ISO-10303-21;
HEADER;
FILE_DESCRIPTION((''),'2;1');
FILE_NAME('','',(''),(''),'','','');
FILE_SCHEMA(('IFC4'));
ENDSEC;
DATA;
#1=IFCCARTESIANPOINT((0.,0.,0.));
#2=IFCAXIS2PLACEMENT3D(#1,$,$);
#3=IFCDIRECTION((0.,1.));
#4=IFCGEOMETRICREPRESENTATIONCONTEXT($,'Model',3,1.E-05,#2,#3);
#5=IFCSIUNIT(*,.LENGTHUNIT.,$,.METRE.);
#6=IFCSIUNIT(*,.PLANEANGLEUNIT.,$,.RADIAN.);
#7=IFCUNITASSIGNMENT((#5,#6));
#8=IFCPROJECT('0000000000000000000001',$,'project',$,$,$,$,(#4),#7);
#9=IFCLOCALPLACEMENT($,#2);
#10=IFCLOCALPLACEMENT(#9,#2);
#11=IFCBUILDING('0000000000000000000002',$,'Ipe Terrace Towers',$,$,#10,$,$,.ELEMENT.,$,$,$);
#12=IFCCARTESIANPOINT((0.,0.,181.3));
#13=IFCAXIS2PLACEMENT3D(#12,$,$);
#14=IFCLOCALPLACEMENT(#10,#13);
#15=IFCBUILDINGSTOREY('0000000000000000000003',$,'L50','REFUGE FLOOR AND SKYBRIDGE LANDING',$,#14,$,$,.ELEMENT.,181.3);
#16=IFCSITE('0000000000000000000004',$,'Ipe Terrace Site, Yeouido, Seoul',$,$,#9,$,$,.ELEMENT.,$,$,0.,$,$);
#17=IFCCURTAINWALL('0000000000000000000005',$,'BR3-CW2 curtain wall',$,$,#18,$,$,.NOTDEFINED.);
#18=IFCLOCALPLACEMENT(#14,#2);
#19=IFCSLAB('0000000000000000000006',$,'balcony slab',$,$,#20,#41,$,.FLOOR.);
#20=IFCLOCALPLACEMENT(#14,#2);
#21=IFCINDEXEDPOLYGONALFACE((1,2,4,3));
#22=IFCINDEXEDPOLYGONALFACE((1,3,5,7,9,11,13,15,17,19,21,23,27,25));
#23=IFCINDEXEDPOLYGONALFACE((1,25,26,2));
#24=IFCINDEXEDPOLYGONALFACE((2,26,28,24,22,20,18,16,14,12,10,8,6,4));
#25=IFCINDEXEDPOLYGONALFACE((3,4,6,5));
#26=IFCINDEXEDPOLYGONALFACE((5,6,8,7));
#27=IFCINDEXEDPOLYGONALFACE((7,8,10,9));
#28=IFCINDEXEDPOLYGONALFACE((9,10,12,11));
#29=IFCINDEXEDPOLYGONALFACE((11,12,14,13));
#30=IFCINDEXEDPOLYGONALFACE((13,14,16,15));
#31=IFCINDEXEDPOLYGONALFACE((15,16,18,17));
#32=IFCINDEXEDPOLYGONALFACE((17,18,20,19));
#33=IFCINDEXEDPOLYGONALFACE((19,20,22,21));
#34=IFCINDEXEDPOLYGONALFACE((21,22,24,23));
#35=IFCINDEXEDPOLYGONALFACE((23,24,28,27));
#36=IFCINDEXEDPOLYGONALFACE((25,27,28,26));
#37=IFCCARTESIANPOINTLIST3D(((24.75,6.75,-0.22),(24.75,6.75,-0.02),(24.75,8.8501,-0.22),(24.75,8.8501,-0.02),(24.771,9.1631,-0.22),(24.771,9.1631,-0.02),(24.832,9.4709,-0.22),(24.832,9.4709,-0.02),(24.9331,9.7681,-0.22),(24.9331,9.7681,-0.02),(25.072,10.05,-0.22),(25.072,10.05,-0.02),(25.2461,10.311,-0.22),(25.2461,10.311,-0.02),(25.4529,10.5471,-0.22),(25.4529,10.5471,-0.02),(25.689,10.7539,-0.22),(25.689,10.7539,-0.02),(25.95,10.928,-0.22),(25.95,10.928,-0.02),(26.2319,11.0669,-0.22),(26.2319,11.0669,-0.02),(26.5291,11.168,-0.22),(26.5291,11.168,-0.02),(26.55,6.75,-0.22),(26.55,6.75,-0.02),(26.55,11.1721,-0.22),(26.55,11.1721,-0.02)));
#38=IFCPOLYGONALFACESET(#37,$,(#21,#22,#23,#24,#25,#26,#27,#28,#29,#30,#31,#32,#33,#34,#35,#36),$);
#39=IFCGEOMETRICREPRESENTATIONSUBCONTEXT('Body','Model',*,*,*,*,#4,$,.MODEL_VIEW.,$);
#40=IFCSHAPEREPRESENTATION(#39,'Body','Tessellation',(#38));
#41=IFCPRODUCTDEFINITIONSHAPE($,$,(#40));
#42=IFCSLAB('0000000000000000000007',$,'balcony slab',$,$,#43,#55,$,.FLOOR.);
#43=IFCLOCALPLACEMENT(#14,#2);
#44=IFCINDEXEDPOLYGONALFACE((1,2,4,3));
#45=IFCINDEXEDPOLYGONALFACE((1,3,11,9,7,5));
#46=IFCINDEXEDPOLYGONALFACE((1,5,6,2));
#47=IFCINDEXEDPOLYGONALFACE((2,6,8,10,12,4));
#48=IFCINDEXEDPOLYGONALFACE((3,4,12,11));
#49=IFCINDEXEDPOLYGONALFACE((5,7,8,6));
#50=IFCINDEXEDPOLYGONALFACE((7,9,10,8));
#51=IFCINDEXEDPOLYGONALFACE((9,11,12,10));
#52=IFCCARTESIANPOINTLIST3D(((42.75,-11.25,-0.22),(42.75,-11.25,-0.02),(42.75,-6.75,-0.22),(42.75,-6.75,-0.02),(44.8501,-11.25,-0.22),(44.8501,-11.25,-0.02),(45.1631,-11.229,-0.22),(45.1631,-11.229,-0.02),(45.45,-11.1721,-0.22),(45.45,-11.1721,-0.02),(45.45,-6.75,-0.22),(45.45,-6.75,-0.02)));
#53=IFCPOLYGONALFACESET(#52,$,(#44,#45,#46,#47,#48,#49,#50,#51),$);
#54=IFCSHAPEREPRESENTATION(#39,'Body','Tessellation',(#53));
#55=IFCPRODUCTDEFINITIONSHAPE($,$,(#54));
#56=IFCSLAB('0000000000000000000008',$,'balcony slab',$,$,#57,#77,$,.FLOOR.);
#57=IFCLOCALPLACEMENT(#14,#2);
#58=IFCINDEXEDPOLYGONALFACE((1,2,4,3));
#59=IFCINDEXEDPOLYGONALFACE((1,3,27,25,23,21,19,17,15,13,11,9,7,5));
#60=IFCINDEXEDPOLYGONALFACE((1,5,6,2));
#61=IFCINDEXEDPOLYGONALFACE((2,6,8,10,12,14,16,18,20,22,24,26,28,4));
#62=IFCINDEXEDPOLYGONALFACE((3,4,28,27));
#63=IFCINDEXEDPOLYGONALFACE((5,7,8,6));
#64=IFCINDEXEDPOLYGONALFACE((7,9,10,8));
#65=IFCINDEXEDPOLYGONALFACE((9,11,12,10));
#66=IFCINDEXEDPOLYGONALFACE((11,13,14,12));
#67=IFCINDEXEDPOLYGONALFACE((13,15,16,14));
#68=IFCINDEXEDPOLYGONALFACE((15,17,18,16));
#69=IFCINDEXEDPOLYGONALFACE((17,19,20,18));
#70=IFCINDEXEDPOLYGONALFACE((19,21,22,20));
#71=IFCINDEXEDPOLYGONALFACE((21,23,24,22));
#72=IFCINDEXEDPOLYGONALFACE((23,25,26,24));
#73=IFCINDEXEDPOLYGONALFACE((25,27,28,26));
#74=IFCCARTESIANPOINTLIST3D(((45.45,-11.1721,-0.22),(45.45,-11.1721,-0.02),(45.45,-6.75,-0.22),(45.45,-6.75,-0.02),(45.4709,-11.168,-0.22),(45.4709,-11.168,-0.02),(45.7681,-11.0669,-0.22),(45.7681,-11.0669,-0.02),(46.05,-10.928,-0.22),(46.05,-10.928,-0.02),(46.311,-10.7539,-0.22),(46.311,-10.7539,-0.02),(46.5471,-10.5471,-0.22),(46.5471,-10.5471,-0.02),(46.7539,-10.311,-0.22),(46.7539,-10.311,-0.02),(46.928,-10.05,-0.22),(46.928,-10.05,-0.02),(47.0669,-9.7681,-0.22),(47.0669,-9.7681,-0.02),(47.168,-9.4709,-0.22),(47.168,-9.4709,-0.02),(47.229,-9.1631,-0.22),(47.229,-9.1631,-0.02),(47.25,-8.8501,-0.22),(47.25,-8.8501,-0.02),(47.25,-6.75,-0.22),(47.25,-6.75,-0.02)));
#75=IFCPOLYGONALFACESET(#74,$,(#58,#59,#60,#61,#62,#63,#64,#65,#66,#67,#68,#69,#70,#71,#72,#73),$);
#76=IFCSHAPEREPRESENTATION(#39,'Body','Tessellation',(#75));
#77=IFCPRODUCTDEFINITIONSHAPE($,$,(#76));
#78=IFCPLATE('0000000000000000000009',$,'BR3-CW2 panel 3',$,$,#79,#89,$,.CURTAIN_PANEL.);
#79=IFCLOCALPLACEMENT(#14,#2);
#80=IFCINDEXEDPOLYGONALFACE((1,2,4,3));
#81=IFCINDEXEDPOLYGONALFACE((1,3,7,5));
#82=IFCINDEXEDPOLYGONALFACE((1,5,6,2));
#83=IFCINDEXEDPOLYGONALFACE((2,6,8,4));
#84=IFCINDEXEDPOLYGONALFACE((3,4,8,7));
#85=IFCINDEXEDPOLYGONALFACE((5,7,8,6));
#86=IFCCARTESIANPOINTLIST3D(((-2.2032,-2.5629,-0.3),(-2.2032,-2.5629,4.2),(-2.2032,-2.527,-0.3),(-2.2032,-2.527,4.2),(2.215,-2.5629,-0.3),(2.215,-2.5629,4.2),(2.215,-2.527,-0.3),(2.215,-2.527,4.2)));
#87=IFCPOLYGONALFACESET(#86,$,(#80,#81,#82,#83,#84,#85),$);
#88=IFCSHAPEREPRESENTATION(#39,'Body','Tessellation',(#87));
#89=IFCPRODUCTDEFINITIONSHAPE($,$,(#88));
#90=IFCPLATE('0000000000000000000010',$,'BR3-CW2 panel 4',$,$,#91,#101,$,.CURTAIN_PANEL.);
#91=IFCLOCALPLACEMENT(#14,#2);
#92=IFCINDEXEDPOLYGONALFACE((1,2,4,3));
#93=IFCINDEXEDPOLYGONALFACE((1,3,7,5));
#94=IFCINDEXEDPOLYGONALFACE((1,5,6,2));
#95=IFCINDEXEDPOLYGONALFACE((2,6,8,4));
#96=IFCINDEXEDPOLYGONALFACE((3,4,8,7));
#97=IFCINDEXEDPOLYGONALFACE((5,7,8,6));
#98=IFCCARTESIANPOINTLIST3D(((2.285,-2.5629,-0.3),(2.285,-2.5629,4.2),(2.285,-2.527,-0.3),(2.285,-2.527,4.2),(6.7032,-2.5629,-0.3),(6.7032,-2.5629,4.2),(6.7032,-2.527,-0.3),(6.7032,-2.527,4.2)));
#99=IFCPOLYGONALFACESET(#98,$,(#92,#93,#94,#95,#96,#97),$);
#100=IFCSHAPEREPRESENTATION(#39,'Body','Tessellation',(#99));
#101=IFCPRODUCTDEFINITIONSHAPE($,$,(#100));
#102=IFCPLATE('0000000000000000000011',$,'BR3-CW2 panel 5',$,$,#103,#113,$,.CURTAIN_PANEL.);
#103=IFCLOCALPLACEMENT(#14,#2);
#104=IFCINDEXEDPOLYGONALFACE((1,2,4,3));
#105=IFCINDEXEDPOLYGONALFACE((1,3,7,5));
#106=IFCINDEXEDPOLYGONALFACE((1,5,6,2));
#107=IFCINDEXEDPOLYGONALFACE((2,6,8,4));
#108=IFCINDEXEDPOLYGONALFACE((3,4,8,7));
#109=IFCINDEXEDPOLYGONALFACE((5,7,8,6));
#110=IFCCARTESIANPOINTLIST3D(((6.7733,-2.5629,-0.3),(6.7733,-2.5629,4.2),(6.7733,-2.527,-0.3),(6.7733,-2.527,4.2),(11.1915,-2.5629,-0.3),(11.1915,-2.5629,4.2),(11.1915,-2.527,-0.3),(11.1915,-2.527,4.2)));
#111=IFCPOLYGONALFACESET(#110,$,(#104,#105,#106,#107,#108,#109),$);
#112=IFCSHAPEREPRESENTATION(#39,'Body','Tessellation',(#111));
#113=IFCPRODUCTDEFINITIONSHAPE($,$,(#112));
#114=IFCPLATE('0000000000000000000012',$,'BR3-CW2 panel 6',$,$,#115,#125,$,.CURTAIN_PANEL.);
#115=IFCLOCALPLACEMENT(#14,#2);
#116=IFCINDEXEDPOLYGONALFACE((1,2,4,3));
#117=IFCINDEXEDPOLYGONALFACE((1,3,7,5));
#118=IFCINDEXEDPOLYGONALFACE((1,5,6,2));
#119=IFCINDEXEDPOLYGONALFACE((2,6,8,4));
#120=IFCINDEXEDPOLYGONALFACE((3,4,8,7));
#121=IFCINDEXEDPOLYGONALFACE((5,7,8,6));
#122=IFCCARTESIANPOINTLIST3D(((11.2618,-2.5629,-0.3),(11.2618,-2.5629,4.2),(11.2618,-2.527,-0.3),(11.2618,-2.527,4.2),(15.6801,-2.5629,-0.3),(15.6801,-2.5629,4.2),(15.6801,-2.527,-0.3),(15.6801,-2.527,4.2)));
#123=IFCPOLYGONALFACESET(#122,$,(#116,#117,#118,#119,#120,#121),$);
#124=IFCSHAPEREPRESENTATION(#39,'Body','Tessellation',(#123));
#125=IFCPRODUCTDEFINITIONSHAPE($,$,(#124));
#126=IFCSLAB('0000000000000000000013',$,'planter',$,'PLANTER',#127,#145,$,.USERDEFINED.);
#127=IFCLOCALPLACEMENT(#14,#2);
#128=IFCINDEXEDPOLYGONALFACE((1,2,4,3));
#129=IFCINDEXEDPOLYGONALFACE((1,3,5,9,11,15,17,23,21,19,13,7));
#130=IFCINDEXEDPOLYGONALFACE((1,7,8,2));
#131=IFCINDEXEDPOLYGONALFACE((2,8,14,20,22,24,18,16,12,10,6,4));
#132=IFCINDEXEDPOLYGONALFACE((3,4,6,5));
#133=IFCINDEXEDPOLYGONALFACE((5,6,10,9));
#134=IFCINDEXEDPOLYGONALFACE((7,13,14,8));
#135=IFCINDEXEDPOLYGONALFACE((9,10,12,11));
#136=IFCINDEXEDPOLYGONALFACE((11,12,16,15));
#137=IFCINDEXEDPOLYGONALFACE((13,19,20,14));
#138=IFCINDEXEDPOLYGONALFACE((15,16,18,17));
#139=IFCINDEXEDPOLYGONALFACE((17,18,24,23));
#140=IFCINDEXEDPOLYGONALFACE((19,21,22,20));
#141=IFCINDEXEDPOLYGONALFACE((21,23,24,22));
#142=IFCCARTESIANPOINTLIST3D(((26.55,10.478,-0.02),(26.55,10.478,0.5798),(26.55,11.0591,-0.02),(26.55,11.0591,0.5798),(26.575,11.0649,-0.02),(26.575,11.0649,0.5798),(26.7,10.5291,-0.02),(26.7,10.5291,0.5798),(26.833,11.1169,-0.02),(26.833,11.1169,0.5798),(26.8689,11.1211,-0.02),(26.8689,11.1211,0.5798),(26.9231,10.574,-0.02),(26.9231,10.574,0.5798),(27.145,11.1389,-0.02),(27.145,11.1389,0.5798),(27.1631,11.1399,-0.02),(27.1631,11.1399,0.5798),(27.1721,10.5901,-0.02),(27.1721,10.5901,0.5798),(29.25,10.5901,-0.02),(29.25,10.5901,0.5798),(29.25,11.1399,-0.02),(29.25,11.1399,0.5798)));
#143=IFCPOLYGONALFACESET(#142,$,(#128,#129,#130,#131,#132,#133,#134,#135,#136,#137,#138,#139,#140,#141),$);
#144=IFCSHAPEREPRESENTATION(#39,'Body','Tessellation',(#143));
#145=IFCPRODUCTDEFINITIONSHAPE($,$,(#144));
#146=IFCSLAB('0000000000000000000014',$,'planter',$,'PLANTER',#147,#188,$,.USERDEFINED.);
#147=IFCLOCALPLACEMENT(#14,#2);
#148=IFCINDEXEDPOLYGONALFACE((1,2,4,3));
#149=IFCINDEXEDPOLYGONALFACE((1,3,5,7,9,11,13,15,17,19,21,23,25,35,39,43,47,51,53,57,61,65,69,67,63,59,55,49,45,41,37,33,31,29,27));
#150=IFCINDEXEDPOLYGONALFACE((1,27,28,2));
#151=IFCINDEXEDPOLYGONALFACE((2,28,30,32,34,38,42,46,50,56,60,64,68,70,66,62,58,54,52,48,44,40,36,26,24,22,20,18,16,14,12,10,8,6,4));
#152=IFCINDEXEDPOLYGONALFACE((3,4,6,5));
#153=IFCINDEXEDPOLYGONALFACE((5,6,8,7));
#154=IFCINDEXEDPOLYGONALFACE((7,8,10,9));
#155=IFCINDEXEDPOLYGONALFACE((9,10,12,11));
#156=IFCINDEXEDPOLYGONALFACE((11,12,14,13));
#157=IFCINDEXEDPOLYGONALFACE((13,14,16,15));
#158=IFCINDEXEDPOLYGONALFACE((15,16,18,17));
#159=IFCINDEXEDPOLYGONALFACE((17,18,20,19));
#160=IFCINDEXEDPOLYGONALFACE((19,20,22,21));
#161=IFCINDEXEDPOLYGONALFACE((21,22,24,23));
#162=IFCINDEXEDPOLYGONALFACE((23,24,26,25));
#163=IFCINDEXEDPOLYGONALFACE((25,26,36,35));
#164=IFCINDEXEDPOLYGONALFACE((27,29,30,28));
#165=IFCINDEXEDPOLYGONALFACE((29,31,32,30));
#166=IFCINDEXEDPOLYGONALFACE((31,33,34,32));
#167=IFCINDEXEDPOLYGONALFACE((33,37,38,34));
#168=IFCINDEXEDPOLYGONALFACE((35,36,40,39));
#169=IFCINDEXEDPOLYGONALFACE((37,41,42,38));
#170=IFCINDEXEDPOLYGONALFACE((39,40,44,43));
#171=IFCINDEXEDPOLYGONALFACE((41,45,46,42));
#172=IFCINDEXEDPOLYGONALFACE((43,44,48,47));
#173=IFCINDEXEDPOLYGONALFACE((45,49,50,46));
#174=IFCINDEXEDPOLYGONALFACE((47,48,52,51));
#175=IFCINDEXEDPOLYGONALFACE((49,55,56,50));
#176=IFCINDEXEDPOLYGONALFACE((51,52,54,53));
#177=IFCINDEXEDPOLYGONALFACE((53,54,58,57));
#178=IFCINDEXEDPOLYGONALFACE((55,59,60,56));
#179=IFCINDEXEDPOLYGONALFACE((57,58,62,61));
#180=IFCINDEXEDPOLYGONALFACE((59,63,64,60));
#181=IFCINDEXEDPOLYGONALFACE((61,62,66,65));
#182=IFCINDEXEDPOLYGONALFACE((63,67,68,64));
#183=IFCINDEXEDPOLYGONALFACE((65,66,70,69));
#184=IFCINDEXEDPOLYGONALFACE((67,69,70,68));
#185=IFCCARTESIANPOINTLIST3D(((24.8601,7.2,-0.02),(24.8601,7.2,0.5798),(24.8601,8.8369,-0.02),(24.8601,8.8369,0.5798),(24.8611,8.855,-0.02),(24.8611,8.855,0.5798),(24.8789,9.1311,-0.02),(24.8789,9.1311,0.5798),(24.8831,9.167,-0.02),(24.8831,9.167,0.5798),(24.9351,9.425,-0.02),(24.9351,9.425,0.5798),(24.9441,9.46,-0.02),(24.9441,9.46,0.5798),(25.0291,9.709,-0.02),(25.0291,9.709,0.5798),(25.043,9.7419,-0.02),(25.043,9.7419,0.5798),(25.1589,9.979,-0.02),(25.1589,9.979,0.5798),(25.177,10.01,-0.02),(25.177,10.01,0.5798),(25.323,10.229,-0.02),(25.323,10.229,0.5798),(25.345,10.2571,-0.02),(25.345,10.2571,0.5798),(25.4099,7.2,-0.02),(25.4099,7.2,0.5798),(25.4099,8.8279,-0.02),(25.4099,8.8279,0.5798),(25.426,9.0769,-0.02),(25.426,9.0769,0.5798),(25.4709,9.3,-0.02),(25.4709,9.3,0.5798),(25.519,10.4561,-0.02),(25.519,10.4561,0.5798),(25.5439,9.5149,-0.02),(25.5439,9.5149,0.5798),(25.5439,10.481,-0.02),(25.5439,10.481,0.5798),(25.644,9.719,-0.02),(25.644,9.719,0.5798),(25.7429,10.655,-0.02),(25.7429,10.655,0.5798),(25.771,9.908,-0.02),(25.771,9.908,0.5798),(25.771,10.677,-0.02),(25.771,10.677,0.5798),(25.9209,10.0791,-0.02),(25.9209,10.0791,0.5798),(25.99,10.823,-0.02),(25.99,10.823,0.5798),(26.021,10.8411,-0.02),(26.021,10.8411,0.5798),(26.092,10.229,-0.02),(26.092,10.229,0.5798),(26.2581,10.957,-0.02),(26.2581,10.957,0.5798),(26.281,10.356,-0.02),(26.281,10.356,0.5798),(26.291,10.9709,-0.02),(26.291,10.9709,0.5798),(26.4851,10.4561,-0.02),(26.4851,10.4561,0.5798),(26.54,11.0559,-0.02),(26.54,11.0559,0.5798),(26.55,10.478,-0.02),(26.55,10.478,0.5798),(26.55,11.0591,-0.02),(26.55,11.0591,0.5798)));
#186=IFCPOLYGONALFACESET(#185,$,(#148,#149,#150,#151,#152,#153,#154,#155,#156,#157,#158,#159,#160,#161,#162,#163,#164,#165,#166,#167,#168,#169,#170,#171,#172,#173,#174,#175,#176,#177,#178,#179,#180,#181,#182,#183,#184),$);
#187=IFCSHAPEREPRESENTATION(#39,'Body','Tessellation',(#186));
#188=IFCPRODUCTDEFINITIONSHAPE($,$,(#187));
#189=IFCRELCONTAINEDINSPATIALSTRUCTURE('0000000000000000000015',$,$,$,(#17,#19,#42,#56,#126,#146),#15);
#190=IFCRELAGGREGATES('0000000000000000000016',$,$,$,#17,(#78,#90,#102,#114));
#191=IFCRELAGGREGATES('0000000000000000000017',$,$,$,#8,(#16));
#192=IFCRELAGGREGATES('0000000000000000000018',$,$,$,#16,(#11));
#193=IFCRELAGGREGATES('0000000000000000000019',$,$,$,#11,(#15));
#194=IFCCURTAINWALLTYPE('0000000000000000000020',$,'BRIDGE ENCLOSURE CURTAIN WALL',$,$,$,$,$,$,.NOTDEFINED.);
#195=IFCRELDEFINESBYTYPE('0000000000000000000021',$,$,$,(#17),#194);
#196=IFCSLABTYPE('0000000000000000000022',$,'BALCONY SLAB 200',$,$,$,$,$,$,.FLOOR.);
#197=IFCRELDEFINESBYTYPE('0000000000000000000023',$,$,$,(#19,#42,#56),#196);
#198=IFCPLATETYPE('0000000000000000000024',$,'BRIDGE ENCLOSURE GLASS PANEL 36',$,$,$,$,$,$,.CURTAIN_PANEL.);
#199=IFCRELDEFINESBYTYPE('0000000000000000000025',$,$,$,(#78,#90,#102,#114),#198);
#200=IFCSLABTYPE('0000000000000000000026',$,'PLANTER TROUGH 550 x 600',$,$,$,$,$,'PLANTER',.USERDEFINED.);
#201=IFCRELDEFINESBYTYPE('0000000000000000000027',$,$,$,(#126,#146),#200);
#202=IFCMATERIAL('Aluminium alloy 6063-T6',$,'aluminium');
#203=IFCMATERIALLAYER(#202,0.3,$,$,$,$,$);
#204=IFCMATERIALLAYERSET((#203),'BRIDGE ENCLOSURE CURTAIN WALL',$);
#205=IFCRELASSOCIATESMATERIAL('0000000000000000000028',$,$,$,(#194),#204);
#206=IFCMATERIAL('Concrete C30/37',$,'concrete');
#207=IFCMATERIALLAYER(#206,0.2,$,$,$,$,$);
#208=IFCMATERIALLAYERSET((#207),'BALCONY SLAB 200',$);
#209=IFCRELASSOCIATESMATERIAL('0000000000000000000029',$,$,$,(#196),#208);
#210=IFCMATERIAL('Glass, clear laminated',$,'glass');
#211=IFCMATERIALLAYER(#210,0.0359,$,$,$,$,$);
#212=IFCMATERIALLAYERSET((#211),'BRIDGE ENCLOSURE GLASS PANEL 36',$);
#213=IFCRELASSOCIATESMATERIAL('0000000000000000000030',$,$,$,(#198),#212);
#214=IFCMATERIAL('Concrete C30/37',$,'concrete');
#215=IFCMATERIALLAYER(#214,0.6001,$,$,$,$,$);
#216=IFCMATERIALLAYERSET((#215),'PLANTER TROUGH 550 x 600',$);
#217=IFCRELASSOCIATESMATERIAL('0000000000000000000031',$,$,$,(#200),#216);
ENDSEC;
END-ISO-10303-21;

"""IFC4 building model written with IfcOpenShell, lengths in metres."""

from ifc_helpers import new_model, si_unit, direction, frame, origin, origin_2d, place, context, subcontext, project, spatial, polyline, rectangle, outline, extrude, material, layer, layer_set, type_object, element, aggregate, save


model = new_model("IFC4")

# Units and contexts
model_context = context("Model", 3, precision=1e-05, world=origin(), true_north=direction((0.0, 1.0)))
body_context = subcontext(model_context, "Body", "Model", "MODEL_VIEW")
ifc_project = project(units=[si_unit("LENGTHUNIT", "METRE"), si_unit("PLANEANGLEUNIT", "RADIAN")], contexts=[model_context])

# Site, building, storey
site_placement = place(None, origin())
site = spatial("IfcSite", under=ifc_project, at=site_placement, Name="Ipe Terrace Site, Yeouido, Seoul", CompositionType="ELEMENT", RefElevation=0.0)
building_placement = place(site_placement, origin())
building = spatial("IfcBuilding", under=site, at=building_placement, Name="Ipe Terrace Towers", CompositionType="ELEMENT")
storey_placement = place(building_placement, frame((0.0, 0.0, 181.3)))
storey = spatial("IfcBuildingStorey", under=building, at=storey_placement, Name="L50", Description="REFUGE FLOOR AND SKYBRIDGE LANDING", CompositionType="ELEMENT", Elevation=181.3)

# Curtain wall
ifc_material_1 = material(Name="Aluminium alloy 6063-T6", Category="aluminium")
ifc_layer_1 = layer(ifc_material_1, 0.3)
ifc_layer_set_1 = layer_set([ifc_layer_1], Name="BRIDGE ENCLOSURE CURTAIN WALL")
curtain_wall_type = type_object("IfcCurtainWallType", Name="BRIDGE ENCLOSURE CURTAIN WALL", PredefinedType="NOTDEFINED", material=ifc_layer_set_1)
curtain_wall_placement = place(storey_placement, origin())
curtain_wall = element("IfcCurtainWall", 1, at=curtain_wall_placement, inside=storey, type_object=curtain_wall_type, Name="BR3-CW2 curtain wall", PredefinedType="NOTDEFINED")

# Slabs
ifc_material_2 = material(Name="Concrete C30/37", Category="concrete")
ifc_layer_2 = layer(ifc_material_2, 0.2)
ifc_layer_set_2 = layer_set([ifc_layer_2], Name="BALCONY SLAB 200")
slab_type_1 = type_object("IfcSlabType", Name="BALCONY SLAB 200", PredefinedType="FLOOR", material=ifc_layer_set_2)
slab_1_placement = place(storey_placement, frame((0.0, 0.0, -0.22)))
element("IfcSlab", 2, at=slab_1_placement, inside=storey, type_object=slab_type_1, Name="balcony slab", PredefinedType="FLOOR", context=body_context, shape_type="SweptSolid", body=[
    extrude(outline(polyline([(24.75, 6.75), (26.55, 6.75), (26.55, 11.1721), (26.5291, 11.168), (26.2319, 11.0669), (25.95, 10.928), (25.689, 10.7539), (25.4529, 10.5471), (25.2461, 10.311), (25.072, 10.05), (24.9331, 9.7681), (24.832, 9.4709), (24.771, 9.1631), (24.75, 8.8501), (24.75, 6.75)])), origin(), (0.0, 0.0, 1.0), 0.2),
])
slab_2_placement = place(storey_placement, frame((0.0, 0.0, -0.22)))
element("IfcSlab", 3, at=slab_2_placement, inside=storey, type_object=slab_type_1, Name="balcony slab", PredefinedType="FLOOR", context=body_context, shape_type="SweptSolid", body=[
    extrude(outline(polyline([(45.1631, -11.229), (45.45, -11.1721), (45.45, -6.75), (42.75, -6.75), (42.75, -11.25), (44.8501, -11.25), (45.1631, -11.229)])), origin(), (0.0, 0.0, 1.0), 0.2),
])
slab_3_placement = place(storey_placement, frame((0.0, 0.0, -0.22)))
element("IfcSlab", 4, at=slab_3_placement, inside=storey, type_object=slab_type_1, Name="balcony slab", PredefinedType="FLOOR", context=body_context, shape_type="SweptSolid", body=[
    extrude(outline(polyline([(47.25, -6.75), (45.45, -6.75), (45.45, -11.1721), (45.4709, -11.168), (45.7681, -11.0669), (46.05, -10.928), (46.311, -10.7539), (46.5471, -10.5471), (46.7539, -10.311), (46.928, -10.05), (47.0669, -9.7681), (47.168, -9.4709), (47.229, -9.1631), (47.25, -8.8501), (47.25, -6.75)])), origin(), (0.0, 0.0, 1.0), 0.2),
])

# Plates
ifc_material_3 = material(Name="Glass, clear laminated", Category="glass")
ifc_layer_3 = layer(ifc_material_3, 0.0359)
ifc_layer_set_3 = layer_set([ifc_layer_3], Name="BRIDGE ENCLOSURE GLASS PANEL 36")
plate_type = type_object("IfcPlateType", Name="BRIDGE ENCLOSURE GLASS PANEL 36", PredefinedType="CURTAIN_PANEL", material=ifc_layer_set_3)
plate_1_placement = place(storey_placement, frame((0.0059, -2.5449, -0.3), z_axis=(0.0, 0.0, 1.0), x_axis=(1.0, 0.0, 0.0)))
plate_1 = element("IfcPlate", 5, at=plate_1_placement, type_object=plate_type, Name="BR3-CW2 panel 3", PredefinedType="CURTAIN_PANEL", context=body_context, shape_type="SweptSolid", body=[
    extrude(rectangle(XDim=4.4182, YDim=0.0359, at=origin_2d()), origin(), (0.0, 0.0, 1.0), 4.5),
])
plate_2_placement = place(storey_placement, frame((4.4941, -2.5449, -0.3), z_axis=(0.0, 0.0, 1.0), x_axis=(1.0, 0.0, 0.0)))
plate_2 = element("IfcPlate", 6, at=plate_2_placement, type_object=plate_type, Name="BR3-CW2 panel 4", PredefinedType="CURTAIN_PANEL", context=body_context, shape_type="SweptSolid", body=[
    extrude(rectangle(XDim=4.4182, YDim=0.0359, at=origin_2d()), origin(), (0.0, 0.0, 1.0), 4.5),
])
plate_3_placement = place(storey_placement, frame((8.9824, -2.5449, -0.3), z_axis=(0.0, 0.0, 1.0), x_axis=(1.0, 0.0, 0.0)))
plate_3 = element("IfcPlate", 7, at=plate_3_placement, type_object=plate_type, Name="BR3-CW2 panel 5", PredefinedType="CURTAIN_PANEL", context=body_context, shape_type="SweptSolid", body=[
    extrude(rectangle(XDim=4.4182, YDim=0.0359, at=origin_2d()), origin(), (0.0, 0.0, 1.0), 4.5),
])
plate_4_placement = place(storey_placement, frame((13.4709, -2.5449, -0.3), z_axis=(0.0, 0.0, 1.0), x_axis=(1.0, 0.0, 0.0)))
plate_4 = element("IfcPlate", 8, at=plate_4_placement, type_object=plate_type, Name="BR3-CW2 panel 6", PredefinedType="CURTAIN_PANEL", context=body_context, shape_type="SweptSolid", body=[
    extrude(rectangle(XDim=4.4182, YDim=0.0359, at=origin_2d()), origin(), (0.0, 0.0, 1.0), 4.5),
])
aggregate(curtain_wall, [plate_1, plate_2, plate_3, plate_4])

# Slabs
ifc_material_4 = material(Name="Concrete C30/37", Category="concrete")
ifc_layer_4 = layer(ifc_material_4, 0.6001)
ifc_layer_set_4 = layer_set([ifc_layer_4], Name="PLANTER TROUGH 550 x 600")
slab_type_2 = type_object("IfcSlabType", Name="PLANTER TROUGH 550 x 600", ElementType="PLANTER", PredefinedType="USERDEFINED", material=ifc_layer_set_4)
slab_4_placement = place(storey_placement, frame((0.0, 0.0, -0.02)))
element("IfcSlab", 9, at=slab_4_placement, inside=storey, type_object=slab_type_2, Name="planter", ObjectType="PLANTER", PredefinedType="USERDEFINED", context=body_context, shape_type="SweptSolid", body=[
    extrude(outline(polyline([(26.7, 10.5291), (26.9231, 10.574), (27.1721, 10.5901), (29.25, 10.5901), (29.25, 11.1399), (27.1631, 11.1399), (27.145, 11.1389), (26.8689, 11.1211), (26.833, 11.1169), (26.575, 11.0649), (26.55, 11.0591), (26.55, 10.478), (26.7, 10.5291)])), origin(), (0.0, 0.0, 1.0), 0.5999),
])
slab_5_placement = place(storey_placement, frame((0.0, 0.0, -0.02)))
element("IfcSlab", 10, at=slab_5_placement, inside=storey, type_object=slab_type_2, Name="planter", ObjectType="PLANTER", PredefinedType="USERDEFINED", context=body_context, shape_type="SweptSolid", body=[
    extrude(outline(polyline([(26.4851, 10.4561), (26.55, 10.478), (26.55, 11.0591), (26.54, 11.0559), (26.291, 10.9709), (26.2581, 10.957), (26.021, 10.8411), (25.99, 10.823), (25.771, 10.677), (25.7429, 10.655), (25.5439, 10.481), (25.519, 10.4561), (25.345, 10.2571), (25.323, 10.229), (25.177, 10.01), (25.1589, 9.979), (25.043, 9.7419), (25.0291, 9.709), (24.9441, 9.46), (24.9351, 9.425), (24.8831, 9.167), (24.8789, 9.1311), (24.8611, 8.855), (24.8601, 8.8369), (24.8601, 7.2), (25.4099, 7.2), (25.4099, 8.8279), (25.426, 9.0769), (25.4709, 9.3), (25.5439, 9.5149), (25.644, 9.719), (25.771, 9.908), (25.9209, 10.0791), (26.092, 10.229), (26.281, 10.356), (26.4851, 10.4561)])), origin(), (0.0, 0.0, 1.0), 0.5999),
])

save(model, "model.ifc")
